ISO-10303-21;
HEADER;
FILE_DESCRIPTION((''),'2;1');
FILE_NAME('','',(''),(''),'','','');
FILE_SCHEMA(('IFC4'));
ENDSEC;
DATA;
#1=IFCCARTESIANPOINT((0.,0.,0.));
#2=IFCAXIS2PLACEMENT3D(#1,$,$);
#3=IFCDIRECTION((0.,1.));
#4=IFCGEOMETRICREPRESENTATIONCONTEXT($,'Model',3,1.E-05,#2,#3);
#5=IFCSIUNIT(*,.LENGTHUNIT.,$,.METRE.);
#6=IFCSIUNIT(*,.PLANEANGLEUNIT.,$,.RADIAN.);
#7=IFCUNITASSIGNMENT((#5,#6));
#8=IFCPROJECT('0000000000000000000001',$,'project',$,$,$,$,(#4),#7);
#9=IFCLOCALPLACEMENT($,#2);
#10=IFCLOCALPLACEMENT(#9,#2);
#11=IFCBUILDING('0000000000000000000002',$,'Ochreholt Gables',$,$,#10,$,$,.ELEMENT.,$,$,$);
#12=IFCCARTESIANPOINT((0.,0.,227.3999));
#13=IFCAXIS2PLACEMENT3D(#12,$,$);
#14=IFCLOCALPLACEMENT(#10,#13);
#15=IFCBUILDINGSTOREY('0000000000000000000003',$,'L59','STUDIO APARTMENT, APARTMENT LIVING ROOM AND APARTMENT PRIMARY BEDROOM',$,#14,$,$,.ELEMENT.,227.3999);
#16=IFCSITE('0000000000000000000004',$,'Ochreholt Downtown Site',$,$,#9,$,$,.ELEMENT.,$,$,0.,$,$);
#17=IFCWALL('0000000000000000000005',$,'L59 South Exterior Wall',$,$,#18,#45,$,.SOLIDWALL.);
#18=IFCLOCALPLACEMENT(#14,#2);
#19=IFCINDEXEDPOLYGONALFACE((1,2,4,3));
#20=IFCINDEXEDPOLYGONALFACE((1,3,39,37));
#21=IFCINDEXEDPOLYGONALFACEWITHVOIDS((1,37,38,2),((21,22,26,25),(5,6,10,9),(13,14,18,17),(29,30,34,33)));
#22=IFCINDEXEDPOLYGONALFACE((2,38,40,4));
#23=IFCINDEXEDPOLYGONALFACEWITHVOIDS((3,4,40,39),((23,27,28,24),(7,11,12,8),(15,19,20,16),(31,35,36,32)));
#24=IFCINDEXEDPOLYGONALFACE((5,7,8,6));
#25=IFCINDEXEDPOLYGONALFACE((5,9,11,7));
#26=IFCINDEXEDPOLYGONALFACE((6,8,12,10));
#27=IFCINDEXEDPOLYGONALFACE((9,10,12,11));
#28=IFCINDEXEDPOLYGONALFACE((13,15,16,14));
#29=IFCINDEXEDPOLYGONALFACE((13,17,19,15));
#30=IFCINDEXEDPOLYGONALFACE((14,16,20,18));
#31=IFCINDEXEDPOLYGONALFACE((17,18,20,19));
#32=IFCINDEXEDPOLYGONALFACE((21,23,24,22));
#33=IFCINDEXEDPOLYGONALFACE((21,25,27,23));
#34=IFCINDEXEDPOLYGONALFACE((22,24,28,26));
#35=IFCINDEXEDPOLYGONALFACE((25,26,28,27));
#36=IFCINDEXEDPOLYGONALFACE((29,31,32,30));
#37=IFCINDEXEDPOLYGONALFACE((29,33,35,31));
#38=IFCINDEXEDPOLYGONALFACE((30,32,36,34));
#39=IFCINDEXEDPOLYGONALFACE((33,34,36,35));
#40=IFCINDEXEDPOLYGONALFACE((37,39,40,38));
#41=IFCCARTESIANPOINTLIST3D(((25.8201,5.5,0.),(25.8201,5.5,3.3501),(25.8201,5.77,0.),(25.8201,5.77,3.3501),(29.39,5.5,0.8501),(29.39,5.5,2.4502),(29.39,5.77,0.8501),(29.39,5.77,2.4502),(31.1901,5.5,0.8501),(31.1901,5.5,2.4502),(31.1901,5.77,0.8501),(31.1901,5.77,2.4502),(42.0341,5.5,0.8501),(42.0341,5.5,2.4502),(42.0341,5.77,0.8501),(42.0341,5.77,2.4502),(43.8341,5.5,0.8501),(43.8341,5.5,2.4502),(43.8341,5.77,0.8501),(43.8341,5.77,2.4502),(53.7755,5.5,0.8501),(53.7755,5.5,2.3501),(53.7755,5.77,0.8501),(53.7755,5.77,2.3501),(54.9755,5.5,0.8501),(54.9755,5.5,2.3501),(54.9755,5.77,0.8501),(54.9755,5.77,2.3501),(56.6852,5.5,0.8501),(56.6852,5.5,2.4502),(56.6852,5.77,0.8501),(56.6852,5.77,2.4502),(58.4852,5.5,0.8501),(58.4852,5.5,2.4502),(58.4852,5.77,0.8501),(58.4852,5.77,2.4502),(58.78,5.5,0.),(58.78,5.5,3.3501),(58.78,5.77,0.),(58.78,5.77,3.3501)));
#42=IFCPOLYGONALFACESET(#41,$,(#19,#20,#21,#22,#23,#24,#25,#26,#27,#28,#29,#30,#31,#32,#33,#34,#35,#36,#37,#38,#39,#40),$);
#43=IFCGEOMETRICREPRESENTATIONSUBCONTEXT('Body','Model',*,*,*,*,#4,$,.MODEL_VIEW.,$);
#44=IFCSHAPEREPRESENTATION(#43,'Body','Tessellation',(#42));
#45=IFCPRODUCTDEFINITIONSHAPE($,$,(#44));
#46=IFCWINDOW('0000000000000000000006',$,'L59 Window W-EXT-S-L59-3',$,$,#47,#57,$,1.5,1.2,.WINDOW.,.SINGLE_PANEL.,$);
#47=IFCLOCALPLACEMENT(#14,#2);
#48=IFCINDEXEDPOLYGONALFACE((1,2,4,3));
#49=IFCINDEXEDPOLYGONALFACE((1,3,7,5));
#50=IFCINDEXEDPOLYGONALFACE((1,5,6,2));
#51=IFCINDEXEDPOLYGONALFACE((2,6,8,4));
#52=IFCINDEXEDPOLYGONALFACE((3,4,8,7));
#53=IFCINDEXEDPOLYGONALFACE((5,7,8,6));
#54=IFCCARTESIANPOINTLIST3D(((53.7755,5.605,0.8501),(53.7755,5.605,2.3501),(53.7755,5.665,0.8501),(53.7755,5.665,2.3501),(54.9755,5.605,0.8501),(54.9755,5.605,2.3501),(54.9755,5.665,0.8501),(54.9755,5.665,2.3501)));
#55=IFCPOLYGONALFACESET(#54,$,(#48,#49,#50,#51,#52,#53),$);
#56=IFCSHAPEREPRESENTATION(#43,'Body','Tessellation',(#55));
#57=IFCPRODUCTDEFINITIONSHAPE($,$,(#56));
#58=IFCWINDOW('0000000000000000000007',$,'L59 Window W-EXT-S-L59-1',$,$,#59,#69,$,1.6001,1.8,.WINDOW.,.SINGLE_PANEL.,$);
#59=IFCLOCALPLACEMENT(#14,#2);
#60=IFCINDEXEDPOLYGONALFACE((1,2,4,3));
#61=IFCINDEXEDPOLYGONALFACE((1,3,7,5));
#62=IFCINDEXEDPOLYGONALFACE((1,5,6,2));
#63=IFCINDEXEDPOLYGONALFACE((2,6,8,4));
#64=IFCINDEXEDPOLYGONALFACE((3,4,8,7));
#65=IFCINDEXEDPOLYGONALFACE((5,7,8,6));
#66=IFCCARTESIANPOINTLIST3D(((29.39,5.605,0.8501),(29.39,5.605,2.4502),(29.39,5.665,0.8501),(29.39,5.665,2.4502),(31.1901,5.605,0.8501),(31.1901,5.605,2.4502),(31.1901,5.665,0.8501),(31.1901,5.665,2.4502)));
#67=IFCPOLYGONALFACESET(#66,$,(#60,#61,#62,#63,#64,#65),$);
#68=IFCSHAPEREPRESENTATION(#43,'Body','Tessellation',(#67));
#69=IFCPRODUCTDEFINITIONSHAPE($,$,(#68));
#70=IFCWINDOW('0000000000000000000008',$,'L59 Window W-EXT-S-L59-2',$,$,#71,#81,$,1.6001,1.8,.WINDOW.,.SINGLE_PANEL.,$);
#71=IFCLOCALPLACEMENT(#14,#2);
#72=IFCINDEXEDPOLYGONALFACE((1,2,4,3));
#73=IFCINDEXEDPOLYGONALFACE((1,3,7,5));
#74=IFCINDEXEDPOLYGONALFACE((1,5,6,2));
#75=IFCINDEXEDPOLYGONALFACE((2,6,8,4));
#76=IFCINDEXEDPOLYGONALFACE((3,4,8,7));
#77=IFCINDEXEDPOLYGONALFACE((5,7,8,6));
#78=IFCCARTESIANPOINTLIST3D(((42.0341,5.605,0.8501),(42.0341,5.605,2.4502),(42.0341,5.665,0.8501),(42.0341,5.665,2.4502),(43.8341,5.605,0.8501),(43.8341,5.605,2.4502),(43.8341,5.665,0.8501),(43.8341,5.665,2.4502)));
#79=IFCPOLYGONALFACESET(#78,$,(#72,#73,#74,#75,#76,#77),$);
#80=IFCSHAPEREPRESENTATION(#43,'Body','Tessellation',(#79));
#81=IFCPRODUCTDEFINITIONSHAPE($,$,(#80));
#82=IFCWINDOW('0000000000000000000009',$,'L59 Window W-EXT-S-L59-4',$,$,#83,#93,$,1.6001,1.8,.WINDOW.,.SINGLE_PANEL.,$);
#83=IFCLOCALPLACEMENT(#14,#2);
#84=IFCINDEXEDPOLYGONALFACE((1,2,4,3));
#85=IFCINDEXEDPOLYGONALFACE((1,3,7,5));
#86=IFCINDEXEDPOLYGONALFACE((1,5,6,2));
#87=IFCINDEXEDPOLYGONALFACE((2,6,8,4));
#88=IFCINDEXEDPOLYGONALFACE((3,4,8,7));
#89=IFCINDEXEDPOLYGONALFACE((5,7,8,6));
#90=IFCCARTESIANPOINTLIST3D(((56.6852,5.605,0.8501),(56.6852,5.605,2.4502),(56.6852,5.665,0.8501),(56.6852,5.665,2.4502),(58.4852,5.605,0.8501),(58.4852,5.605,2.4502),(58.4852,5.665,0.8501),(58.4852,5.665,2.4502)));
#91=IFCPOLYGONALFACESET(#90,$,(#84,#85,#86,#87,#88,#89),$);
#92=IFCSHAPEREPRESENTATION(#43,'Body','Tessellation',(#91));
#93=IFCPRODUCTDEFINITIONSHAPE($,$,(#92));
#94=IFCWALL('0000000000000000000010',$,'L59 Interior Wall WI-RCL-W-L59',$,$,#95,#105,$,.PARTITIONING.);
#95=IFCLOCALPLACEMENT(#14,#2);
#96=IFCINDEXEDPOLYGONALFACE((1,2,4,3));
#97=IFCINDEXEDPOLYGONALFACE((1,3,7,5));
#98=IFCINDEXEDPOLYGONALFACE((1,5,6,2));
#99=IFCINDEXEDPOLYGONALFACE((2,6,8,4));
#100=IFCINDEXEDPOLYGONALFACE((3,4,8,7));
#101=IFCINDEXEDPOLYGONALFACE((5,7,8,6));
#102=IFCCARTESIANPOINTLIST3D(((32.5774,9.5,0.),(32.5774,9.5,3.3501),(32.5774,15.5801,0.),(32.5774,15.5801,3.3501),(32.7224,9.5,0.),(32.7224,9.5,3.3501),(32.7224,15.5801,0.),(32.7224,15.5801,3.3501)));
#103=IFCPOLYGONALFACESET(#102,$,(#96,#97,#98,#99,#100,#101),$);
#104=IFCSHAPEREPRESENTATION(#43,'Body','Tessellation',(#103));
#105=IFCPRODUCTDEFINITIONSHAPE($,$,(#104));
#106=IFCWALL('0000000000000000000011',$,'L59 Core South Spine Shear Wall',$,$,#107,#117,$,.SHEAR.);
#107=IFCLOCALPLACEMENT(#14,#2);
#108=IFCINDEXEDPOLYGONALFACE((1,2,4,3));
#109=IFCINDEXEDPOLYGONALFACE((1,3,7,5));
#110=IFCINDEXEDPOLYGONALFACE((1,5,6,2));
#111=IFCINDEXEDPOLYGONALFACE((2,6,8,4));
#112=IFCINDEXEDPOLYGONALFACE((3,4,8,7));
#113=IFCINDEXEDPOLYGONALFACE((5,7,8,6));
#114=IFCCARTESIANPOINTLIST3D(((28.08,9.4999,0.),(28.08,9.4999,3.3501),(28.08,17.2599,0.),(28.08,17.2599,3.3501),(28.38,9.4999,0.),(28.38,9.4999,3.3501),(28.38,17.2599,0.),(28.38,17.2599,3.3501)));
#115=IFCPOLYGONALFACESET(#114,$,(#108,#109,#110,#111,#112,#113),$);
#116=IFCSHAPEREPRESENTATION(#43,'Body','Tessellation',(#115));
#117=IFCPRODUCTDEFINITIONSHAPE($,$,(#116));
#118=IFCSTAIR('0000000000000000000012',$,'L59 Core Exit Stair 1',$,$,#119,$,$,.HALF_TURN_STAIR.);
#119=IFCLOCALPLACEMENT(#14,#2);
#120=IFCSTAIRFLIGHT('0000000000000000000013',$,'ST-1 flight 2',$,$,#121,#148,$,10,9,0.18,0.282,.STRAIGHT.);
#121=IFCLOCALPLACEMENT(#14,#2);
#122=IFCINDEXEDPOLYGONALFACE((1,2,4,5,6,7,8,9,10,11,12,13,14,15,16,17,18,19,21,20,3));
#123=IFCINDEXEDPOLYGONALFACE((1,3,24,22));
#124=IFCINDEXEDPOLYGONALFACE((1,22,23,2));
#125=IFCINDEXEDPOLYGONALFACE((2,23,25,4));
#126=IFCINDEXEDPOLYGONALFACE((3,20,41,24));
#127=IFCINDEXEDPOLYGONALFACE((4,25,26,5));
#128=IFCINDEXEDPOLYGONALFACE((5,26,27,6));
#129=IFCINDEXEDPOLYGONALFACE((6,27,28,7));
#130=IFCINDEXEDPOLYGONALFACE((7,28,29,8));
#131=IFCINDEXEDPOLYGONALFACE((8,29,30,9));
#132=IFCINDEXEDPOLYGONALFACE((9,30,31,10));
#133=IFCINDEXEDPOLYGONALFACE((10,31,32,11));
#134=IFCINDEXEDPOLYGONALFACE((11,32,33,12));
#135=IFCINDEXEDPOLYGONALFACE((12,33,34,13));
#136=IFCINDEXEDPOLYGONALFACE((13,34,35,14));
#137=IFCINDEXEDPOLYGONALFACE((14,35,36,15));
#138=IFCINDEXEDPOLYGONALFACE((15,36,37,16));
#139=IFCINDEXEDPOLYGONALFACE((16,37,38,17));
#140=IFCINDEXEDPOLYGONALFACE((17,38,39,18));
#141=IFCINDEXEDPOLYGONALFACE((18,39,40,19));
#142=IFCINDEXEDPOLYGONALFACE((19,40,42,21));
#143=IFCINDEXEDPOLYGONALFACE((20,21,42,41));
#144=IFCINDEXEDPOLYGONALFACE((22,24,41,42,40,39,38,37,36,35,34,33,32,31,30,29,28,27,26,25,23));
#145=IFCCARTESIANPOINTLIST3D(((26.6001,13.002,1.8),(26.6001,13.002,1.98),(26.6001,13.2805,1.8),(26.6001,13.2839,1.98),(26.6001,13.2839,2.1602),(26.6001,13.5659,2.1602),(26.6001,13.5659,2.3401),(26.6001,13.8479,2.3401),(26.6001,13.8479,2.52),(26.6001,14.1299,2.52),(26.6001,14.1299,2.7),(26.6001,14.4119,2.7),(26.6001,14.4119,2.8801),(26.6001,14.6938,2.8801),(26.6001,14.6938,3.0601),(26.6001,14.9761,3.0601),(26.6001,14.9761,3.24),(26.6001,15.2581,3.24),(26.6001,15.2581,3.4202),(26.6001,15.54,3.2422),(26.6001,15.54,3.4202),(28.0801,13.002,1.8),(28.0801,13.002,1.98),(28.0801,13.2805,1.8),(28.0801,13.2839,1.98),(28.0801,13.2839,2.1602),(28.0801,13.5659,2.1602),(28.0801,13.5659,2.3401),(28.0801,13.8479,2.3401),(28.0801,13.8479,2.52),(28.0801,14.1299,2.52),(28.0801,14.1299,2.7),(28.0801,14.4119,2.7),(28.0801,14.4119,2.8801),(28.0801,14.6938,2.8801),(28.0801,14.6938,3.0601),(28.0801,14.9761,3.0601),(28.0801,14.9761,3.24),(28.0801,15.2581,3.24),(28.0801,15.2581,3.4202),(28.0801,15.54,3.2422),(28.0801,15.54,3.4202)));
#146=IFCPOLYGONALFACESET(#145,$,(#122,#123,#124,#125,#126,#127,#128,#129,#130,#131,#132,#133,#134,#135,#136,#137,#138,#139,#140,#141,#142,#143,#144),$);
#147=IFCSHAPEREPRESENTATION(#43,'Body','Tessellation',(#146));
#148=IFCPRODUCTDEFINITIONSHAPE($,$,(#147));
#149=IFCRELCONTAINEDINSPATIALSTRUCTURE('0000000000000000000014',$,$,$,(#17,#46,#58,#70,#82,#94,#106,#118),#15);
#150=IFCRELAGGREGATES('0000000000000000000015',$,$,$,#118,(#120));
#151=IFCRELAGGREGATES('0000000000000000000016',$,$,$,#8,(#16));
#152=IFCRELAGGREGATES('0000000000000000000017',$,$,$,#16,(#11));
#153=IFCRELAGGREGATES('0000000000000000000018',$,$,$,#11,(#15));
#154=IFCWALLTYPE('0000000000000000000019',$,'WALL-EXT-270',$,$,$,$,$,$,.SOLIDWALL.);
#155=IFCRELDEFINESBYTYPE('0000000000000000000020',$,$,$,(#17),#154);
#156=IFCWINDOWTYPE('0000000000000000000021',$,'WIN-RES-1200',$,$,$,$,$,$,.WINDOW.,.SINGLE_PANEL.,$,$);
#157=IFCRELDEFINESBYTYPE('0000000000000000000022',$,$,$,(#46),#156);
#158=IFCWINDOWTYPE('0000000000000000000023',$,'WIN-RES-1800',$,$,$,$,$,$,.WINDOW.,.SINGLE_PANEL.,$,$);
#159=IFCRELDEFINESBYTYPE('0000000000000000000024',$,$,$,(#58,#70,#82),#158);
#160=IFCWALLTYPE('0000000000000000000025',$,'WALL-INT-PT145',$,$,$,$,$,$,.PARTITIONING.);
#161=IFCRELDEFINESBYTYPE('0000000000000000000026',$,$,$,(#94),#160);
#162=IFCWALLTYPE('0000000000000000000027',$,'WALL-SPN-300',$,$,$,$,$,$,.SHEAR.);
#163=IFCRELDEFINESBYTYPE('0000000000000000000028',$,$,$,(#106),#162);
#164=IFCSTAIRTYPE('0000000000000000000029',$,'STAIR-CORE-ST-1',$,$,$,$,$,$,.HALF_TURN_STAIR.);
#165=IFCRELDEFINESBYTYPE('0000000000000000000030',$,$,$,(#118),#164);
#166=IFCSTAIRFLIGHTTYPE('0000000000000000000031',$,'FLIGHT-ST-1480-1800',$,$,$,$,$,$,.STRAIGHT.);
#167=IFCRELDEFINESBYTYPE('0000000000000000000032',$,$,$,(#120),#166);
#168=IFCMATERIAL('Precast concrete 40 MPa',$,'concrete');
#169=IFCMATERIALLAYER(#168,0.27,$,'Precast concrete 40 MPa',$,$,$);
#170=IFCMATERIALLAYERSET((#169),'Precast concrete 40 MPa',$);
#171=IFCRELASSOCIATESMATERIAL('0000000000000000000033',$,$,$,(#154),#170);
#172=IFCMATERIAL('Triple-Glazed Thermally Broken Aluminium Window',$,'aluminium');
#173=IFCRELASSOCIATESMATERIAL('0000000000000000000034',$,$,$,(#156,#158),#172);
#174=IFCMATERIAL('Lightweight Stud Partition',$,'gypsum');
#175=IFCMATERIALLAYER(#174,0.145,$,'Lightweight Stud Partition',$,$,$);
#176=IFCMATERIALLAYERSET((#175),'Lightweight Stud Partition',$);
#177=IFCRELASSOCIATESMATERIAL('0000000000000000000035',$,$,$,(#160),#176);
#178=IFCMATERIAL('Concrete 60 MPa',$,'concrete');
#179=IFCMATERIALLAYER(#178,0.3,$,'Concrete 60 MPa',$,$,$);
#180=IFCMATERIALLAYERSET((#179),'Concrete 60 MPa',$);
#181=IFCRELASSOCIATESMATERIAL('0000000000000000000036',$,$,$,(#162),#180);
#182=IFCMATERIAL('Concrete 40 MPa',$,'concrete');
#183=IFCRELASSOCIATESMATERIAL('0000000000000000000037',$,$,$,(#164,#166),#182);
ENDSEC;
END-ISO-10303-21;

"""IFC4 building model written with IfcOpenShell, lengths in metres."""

from ifc_helpers import new_model, si_unit, direction, frame, frame_2d, origin, place, context, subcontext, project, spatial, polyline, rectangle, outline, extrude, material, layer, layer_set, type_object, element, fill, aggregate, save


model = new_model("IFC4")

# Units and contexts
model_context = context("Model", 3, precision=1e-05, world=origin(), true_north=direction((0.0, 1.0)))
body_context = subcontext(model_context, "Body", "Model", "MODEL_VIEW")
ifc_project = project(units=[si_unit("LENGTHUNIT", "METRE"), si_unit("PLANEANGLEUNIT", "RADIAN")], contexts=[model_context])

# Site, building, storey
site_placement = place(None, origin())
site = spatial("IfcSite", under=ifc_project, at=site_placement, Name="Ochreholt Downtown Site", CompositionType="ELEMENT", RefElevation=0.0)
building_placement = place(site_placement, origin())
building = spatial("IfcBuilding", under=site, at=building_placement, Name="Ochreholt Gables", CompositionType="ELEMENT")
storey_placement = place(building_placement, frame((0.0, 0.0, 227.3999)))
storey = spatial("IfcBuildingStorey", under=building, at=storey_placement, Name="L59", Description="STUDIO APARTMENT, APARTMENT LIVING ROOM AND APARTMENT PRIMARY BEDROOM", CompositionType="ELEMENT", Elevation=227.3999)

# Wall, openings, windows
ifc_material_1 = material(Name="Precast concrete 40 MPa", Category="concrete")
ifc_layer_1 = layer(ifc_material_1, 0.27, Name="Precast concrete 40 MPa")
ifc_layer_set_1 = layer_set([ifc_layer_1], Name="Precast concrete 40 MPa")
wall_type_1 = type_object("IfcWallType", Name="WALL-EXT-270", PredefinedType="SOLIDWALL", material=ifc_layer_set_1)
wall_1_placement = place(storey_placement, frame((25.8201, 5.635, 0.0), z_axis=(0.0, 0.0, 1.0), x_axis=(1.0, 0.0, 0.0)))
wall_1 = element("IfcWall", 1, at=wall_1_placement, inside=storey, type_object=wall_type_1, Name="L59 South Exterior Wall", PredefinedType="SOLIDWALL", context=body_context, shape_type="SweptSolid", body=[
    extrude(rectangle(XDim=32.96, YDim=0.27, at=frame_2d((16.48, 0.0))), origin(), (0.0, 0.0, 1.0), 3.3501),
])
opening_1_placement = place(wall_1_placement, frame((3.5701, 0.0, 0.8501)))
opening_1 = element("IfcOpeningElement", 2, at=opening_1_placement, cuts=wall_1, PredefinedType="OPENING", context=body_context, shape_type="SweptSolid", body=[
    extrude(rectangle(XDim=1.8, YDim=1.6001, at=frame_2d((0.8999, 0.8))), frame((0.0, 0.145, 0.0), z_axis=(0.0, -1.0, 0.0), x_axis=(1.0, 0.0, 0.0)), (0.0, 0.0, 1.0), 0.29),
])
opening_2_placement = place(wall_1_placement, frame((16.2141, 0.0, 0.8501)))
opening_2 = element("IfcOpeningElement", 3, at=opening_2_placement, cuts=wall_1, PredefinedType="OPENING", context=body_context, shape_type="SweptSolid", body=[
    extrude(rectangle(XDim=1.8, YDim=1.6001, at=frame_2d((0.8999, 0.8))), frame((0.0, 0.145, 0.0), z_axis=(0.0, -1.0, 0.0), x_axis=(1.0, 0.0, 0.0)), (0.0, 0.0, 1.0), 0.29),
])
opening_3_placement = place(wall_1_placement, frame((27.9553, 0.0, 0.8501)))
opening_3 = element("IfcOpeningElement", 4, at=opening_3_placement, cuts=wall_1, PredefinedType="OPENING", context=body_context, shape_type="SweptSolid", body=[
    extrude(rectangle(XDim=1.2, YDim=1.5, at=frame_2d((0.6001, 0.75))), frame((0.0, 0.145, 0.0), z_axis=(0.0, -1.0, 0.0), x_axis=(1.0, 0.0, 0.0)), (0.0, 0.0, 1.0), 0.29),
])
opening_4_placement = place(wall_1_placement, frame((30.8652, 0.0, 0.8501)))
opening_4 = element("IfcOpeningElement", 5, at=opening_4_placement, cuts=wall_1, PredefinedType="OPENING", context=body_context, shape_type="SweptSolid", body=[
    extrude(rectangle(XDim=1.8, YDim=1.6001, at=frame_2d((0.8999, 0.8))), frame((0.0, 0.145, 0.0), z_axis=(0.0, -1.0, 0.0), x_axis=(1.0, 0.0, 0.0)), (0.0, 0.0, 1.0), 0.29),
])
ifc_material_2 = material(Name="Triple-Glazed Thermally Broken Aluminium Window", Category="aluminium")
window_type_1 = type_object("IfcWindowType", Name="WIN-RES-1200", PartitioningType="SINGLE_PANEL", PredefinedType="WINDOW", material=ifc_material_2)
window_1_placement = place(opening_3_placement, origin())
window_1 = element("IfcWindow", 6, at=window_1_placement, inside=storey, type_object=window_type_1, Name="L59 Window W-EXT-S-L59-3", OverallHeight=1.5, OverallWidth=1.2, PartitioningType="SINGLE_PANEL", PredefinedType="WINDOW", context=body_context, shape_type="SweptSolid", body=[
    extrude(rectangle(XDim=1.2, YDim=1.5, at=frame_2d((0.6001, 0.75))), frame((0.0, 0.03, 0.0), z_axis=(0.0, -1.0, 0.0), x_axis=(1.0, 0.0, 0.0)), (0.0, 0.0, 1.0), 0.0601),
])
fill(opening_3, window_1)
window_type_2 = type_object("IfcWindowType", Name="WIN-RES-1800", PartitioningType="SINGLE_PANEL", PredefinedType="WINDOW", material=ifc_material_2)
window_2_placement = place(opening_1_placement, origin())
window_2 = element("IfcWindow", 7, at=window_2_placement, inside=storey, type_object=window_type_2, Name="L59 Window W-EXT-S-L59-1", OverallHeight=1.6001, OverallWidth=1.8, PartitioningType="SINGLE_PANEL", PredefinedType="WINDOW", context=body_context, shape_type="SweptSolid", body=[
    extrude(rectangle(XDim=1.8, YDim=1.6001, at=frame_2d((0.8999, 0.8))), frame((0.0, 0.03, 0.0), z_axis=(0.0, -1.0, 0.0), x_axis=(1.0, 0.0, 0.0)), (0.0, 0.0, 1.0), 0.0601),
])
fill(opening_1, window_2)
window_3_placement = place(opening_2_placement, origin())
window_3 = element("IfcWindow", 8, at=window_3_placement, inside=storey, type_object=window_type_2, Name="L59 Window W-EXT-S-L59-2", OverallHeight=1.6001, OverallWidth=1.8, PartitioningType="SINGLE_PANEL", PredefinedType="WINDOW", context=body_context, shape_type="SweptSolid", body=[
    extrude(rectangle(XDim=1.8, YDim=1.6001, at=frame_2d((0.8999, 0.8))), frame((0.0, 0.03, 0.0), z_axis=(0.0, -1.0, 0.0), x_axis=(1.0, 0.0, 0.0)), (0.0, 0.0, 1.0), 0.0601),
])
fill(opening_2, window_3)
window_4_placement = place(opening_4_placement, origin())
window_4 = element("IfcWindow", 9, at=window_4_placement, inside=storey, type_object=window_type_2, Name="L59 Window W-EXT-S-L59-4", OverallHeight=1.6001, OverallWidth=1.8, PartitioningType="SINGLE_PANEL", PredefinedType="WINDOW", context=body_context, shape_type="SweptSolid", body=[
    extrude(rectangle(XDim=1.8, YDim=1.6001, at=frame_2d((0.8999, 0.8))), frame((0.0, 0.03, 0.0), z_axis=(0.0, -1.0, 0.0), x_axis=(1.0, 0.0, 0.0)), (0.0, 0.0, 1.0), 0.0601),
])
fill(opening_4, window_4)

# Walls
ifc_material_3 = material(Name="Lightweight Stud Partition", Category="gypsum")
ifc_layer_2 = layer(ifc_material_3, 0.145, Name="Lightweight Stud Partition")
ifc_layer_set_2 = layer_set([ifc_layer_2], Name="Lightweight Stud Partition")
wall_type_2 = type_object("IfcWallType", Name="WALL-INT-PT145", PredefinedType="PARTITIONING", material=ifc_layer_set_2)
wall_2_placement = place(storey_placement, frame((32.6499, 9.5, 0.0), z_axis=(0.0, 0.0, 1.0), x_axis=(0.0, 1.0, 0.0)))
element("IfcWall", 10, at=wall_2_placement, inside=storey, type_object=wall_type_2, Name="L59 Interior Wall WI-RCL-W-L59", PredefinedType="PARTITIONING", context=body_context, shape_type="SweptSolid", body=[
    extrude(rectangle(XDim=6.0801, YDim=0.145, at=frame_2d((3.04, 0.0))), origin(), (0.0, 0.0, 1.0), 3.3501),
])
ifc_material_4 = material(Name="Concrete 60 MPa", Category="concrete")
ifc_layer_3 = layer(ifc_material_4, 0.3, Name="Concrete 60 MPa")
ifc_layer_set_3 = layer_set([ifc_layer_3], Name="Concrete 60 MPa")
wall_type_3 = type_object("IfcWallType", Name="WALL-SPN-300", PredefinedType="SHEAR", material=ifc_layer_set_3)
wall_3_placement = place(storey_placement, frame((28.23, 9.5, 0.0), z_axis=(0.0, 0.0, 1.0), x_axis=(0.0, 1.0, 0.0)))
element("IfcWall", 11, at=wall_3_placement, inside=storey, type_object=wall_type_3, Name="L59 Core South Spine Shear Wall", PredefinedType="SHEAR", context=body_context, shape_type="SweptSolid", body=[
    extrude(rectangle(XDim=7.76, YDim=0.3, at=frame_2d((3.8799, 0.0))), origin(), (0.0, 0.0, 1.0), 3.3501),
])

# Stair, stair flight
ifc_material_5 = material(Name="Concrete 40 MPa", Category="concrete")
stair_type = type_object("IfcStairType", Name="STAIR-CORE-ST-1", PredefinedType="HALF_TURN_STAIR", material=ifc_material_5)
stair_placement = place(storey_placement, origin())
stair = element("IfcStair", 12, at=stair_placement, inside=storey, type_object=stair_type, Name="L59 Core Exit Stair 1", PredefinedType="HALF_TURN_STAIR")
stair_flight_type = type_object("IfcStairFlightType", Name="FLIGHT-ST-1480-1800", PredefinedType="STRAIGHT", material=ifc_material_5)
stair_flight_placement = place(storey_placement, frame((27.3401, 13.002, 1.8), z_axis=(0.0, 0.0, 1.0), x_axis=(0.0, 1.0, 0.0)))
stair_flight = element("IfcStairFlight", 13, at=stair_flight_placement, type_object=stair_flight_type, Name="ST-1 flight 2", NumberOfRisers=10, NumberOfTreads=9, PredefinedType="STRAIGHT", RiserHeight=0.18, TreadLength=0.282, context=body_context, shape_type="SweptSolid", body=[
    extrude(outline(polyline([(0.0, 0.0), (0.0, 0.1799), (0.282, 0.1799), (0.282, 0.3601), (0.564, 0.3601), (0.564, 0.54), (0.8459, 0.54), (0.8459, 0.72), (1.1279, 0.72), (1.1279, 0.8999), (1.4099, 0.8999), (1.4099, 1.0801), (1.6919, 1.0801), (1.6919, 1.26), (1.9741, 1.26), (1.9741, 1.4399), (2.2561, 1.4399), (2.2561, 1.6201), (2.5381, 1.6201), (2.5381, 1.8), (2.5381, 1.4421), (0.2786, 0.0), (0.0, 0.0)])), frame((0.0, 0.74, 0.0), z_axis=(0.0, -1.0, 0.0), x_axis=(1.0, 0.0, 0.0)), (0.0, 0.0, 1.0), 1.48),
])
aggregate(stair, [stair_flight])

save(model, "model.ifc")
